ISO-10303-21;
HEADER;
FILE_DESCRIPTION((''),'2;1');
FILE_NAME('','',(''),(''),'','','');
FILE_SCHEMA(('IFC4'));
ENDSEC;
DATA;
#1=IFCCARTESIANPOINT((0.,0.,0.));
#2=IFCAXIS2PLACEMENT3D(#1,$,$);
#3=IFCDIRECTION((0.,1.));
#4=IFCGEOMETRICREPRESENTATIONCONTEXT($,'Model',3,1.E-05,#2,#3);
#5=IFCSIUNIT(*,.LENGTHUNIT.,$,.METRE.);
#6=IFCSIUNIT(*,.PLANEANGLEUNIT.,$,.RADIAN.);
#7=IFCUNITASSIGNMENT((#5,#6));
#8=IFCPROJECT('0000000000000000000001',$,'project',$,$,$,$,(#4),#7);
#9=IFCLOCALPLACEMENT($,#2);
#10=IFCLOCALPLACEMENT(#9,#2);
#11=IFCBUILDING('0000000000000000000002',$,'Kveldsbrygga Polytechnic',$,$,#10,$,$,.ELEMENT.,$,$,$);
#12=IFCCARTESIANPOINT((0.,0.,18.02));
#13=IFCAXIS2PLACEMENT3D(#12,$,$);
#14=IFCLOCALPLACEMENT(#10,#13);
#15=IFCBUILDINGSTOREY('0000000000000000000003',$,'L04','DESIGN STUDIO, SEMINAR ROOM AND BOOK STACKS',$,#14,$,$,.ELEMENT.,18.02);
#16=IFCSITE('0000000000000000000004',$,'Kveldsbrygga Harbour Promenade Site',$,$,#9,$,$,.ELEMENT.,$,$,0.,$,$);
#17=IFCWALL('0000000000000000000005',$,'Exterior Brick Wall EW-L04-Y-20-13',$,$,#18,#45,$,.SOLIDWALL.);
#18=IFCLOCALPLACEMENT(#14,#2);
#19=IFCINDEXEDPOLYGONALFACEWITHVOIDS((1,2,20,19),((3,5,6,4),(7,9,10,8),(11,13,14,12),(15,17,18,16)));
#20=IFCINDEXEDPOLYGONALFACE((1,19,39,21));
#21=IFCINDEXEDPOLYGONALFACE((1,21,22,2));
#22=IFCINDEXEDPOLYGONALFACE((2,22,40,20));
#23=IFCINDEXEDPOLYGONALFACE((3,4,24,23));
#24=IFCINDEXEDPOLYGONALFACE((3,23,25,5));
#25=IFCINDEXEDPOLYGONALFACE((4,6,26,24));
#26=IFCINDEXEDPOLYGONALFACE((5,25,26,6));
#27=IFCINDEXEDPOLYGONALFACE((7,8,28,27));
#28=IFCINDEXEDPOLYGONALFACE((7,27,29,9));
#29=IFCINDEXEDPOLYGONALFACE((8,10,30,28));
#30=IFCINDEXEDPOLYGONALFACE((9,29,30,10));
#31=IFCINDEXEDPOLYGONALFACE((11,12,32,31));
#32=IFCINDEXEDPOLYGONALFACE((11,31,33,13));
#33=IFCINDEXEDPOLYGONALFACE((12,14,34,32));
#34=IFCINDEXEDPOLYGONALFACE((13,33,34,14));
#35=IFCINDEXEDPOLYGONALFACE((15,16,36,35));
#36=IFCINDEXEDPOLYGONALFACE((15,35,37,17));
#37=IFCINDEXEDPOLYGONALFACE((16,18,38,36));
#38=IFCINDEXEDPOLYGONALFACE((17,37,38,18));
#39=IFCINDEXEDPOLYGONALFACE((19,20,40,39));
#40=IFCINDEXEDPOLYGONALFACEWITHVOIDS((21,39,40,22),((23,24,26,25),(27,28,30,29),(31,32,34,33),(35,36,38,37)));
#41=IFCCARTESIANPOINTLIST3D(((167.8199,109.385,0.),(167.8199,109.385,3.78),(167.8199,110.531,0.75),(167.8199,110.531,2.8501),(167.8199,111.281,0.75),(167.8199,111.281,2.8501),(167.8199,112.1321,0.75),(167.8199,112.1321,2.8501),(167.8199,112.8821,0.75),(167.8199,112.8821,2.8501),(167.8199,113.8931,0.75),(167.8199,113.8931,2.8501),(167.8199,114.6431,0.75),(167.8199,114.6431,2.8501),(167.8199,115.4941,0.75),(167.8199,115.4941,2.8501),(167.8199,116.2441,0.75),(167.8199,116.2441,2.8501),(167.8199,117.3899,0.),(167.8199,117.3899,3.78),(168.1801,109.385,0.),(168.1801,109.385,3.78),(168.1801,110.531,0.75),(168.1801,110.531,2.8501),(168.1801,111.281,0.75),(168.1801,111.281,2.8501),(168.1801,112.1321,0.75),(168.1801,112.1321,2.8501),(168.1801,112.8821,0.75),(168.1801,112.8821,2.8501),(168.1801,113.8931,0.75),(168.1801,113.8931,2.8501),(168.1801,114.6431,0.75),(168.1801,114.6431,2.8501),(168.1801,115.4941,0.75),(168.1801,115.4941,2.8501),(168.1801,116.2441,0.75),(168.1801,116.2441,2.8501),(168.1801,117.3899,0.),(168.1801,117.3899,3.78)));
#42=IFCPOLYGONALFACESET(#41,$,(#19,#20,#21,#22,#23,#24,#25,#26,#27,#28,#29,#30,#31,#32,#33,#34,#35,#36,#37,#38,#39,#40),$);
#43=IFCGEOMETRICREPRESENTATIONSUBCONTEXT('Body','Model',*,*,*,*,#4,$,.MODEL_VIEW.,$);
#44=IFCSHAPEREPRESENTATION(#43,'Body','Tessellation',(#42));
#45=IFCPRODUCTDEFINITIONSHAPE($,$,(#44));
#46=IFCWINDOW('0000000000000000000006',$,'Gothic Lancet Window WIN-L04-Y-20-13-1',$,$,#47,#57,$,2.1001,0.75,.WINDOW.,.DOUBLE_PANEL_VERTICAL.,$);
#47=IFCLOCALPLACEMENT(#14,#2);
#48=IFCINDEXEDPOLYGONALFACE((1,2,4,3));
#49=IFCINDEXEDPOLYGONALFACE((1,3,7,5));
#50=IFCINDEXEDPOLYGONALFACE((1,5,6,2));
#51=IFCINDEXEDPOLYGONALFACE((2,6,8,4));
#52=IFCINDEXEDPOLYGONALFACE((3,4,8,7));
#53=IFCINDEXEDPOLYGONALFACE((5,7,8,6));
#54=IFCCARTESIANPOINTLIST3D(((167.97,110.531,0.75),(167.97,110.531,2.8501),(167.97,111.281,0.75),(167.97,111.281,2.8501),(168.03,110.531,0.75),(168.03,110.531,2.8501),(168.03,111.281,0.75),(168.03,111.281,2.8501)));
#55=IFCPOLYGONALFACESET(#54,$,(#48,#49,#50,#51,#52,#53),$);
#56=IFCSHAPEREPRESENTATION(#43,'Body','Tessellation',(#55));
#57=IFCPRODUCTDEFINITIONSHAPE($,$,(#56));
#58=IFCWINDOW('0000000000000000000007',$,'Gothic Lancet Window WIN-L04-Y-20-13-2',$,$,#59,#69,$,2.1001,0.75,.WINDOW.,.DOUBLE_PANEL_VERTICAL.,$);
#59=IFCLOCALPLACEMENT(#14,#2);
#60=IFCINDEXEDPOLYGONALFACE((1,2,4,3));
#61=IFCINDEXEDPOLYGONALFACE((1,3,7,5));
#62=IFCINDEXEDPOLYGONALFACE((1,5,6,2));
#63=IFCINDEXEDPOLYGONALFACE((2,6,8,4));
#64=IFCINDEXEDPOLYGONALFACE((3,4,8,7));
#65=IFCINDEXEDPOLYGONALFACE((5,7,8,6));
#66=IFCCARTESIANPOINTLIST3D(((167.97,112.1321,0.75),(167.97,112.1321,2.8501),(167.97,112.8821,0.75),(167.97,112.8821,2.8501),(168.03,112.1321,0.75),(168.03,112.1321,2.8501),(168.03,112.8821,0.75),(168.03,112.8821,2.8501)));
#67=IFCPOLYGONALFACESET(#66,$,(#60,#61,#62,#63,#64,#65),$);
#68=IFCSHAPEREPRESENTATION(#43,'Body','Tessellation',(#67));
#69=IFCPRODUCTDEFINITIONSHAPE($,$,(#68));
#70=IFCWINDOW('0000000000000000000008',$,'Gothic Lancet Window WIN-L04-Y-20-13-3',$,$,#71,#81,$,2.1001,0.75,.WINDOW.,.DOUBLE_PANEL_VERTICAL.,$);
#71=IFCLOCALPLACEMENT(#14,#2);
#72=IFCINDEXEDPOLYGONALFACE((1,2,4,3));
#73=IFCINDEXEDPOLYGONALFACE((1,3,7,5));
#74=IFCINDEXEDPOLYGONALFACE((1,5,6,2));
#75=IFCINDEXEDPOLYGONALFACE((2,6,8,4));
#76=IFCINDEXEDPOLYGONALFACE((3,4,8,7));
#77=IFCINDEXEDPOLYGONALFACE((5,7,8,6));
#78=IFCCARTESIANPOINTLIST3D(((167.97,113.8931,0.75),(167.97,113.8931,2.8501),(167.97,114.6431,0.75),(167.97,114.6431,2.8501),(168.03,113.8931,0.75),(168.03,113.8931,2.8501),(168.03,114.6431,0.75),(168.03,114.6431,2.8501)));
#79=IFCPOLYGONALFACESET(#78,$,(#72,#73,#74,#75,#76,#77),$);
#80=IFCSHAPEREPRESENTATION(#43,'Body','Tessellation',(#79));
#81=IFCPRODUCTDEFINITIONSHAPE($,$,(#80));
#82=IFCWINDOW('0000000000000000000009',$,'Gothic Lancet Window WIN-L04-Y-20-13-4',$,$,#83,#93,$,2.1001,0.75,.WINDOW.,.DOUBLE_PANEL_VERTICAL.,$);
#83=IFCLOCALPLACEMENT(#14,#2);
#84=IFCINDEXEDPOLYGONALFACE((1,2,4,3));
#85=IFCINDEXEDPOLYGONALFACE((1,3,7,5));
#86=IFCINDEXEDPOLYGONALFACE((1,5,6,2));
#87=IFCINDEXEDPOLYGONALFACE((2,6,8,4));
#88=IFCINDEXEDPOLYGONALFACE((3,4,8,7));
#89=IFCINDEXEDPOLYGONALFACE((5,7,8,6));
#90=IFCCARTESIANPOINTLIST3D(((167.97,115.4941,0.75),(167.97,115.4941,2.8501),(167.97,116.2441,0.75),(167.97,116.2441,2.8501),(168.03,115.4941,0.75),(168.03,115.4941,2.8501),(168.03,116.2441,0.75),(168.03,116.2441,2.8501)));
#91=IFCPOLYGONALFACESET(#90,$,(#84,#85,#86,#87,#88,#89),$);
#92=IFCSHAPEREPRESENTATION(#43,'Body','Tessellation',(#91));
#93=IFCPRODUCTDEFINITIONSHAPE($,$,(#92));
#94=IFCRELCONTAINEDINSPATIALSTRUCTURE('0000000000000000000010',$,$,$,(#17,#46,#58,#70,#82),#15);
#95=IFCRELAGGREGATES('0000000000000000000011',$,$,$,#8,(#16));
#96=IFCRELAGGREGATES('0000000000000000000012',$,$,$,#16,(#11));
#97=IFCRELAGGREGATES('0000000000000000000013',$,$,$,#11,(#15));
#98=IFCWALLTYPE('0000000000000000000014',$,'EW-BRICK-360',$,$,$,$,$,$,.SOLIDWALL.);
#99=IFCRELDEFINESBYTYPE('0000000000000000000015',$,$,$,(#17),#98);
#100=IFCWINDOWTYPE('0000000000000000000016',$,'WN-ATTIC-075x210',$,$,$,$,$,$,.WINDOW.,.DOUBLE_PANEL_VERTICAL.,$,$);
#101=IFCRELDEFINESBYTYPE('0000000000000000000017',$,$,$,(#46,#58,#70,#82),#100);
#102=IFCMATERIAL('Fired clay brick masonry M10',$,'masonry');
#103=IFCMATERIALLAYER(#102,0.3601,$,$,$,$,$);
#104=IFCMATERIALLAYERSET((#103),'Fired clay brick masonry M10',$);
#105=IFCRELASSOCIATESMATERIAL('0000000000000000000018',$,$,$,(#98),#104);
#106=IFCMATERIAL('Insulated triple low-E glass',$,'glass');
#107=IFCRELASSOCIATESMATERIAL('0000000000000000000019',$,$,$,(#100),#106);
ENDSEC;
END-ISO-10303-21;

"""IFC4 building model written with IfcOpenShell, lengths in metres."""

from ifc_helpers import new_model, si_unit, direction, frame, frame_2d, origin, place, context, subcontext, project, spatial, rectangle, extrude, material, layer, layer_set, type_object, element, fill, save


model = new_model("IFC4")

# Units and contexts
model_context = context("Model", 3, precision=1e-05, world=origin(), true_north=direction((0.0, 1.0)))
body_context = subcontext(model_context, "Body", "Model", "MODEL_VIEW")
ifc_project = project(units=[si_unit("LENGTHUNIT", "METRE"), si_unit("PLANEANGLEUNIT", "RADIAN")], contexts=[model_context])

# Site, building, storey
site_placement = place(None, origin())
site = spatial("IfcSite", under=ifc_project, at=site_placement, Name="Kveldsbrygga Harbour Promenade Site", CompositionType="ELEMENT", RefElevation=0.0)
building_placement = place(site_placement, origin())
building = spatial("IfcBuilding", under=site, at=building_placement, Name="Kveldsbrygga Polytechnic", CompositionType="ELEMENT")
storey_placement = place(building_placement, frame((0.0, 0.0, 18.02)))
storey = spatial("IfcBuildingStorey", under=building, at=storey_placement, Name="L04", Description="DESIGN STUDIO, SEMINAR ROOM AND BOOK STACKS", CompositionType="ELEMENT", Elevation=18.02)

# Wall, openings, windows
ifc_material_1 = material(Name="Fired clay brick masonry M10", Category="masonry")
ifc_layer_1 = layer(ifc_material_1, 0.3601)
ifc_layer_set_1 = layer_set([ifc_layer_1], Name="Fired clay brick masonry M10")
wall_type = type_object("IfcWallType", Name="EW-BRICK-360", PredefinedType="SOLIDWALL", material=ifc_layer_set_1)
ifc_material_2 = material(Name="Insulated triple low-E glass", Category="glass")
window_type = type_object("IfcWindowType", Name="WN-ATTIC-075x210", PartitioningType="DOUBLE_PANEL_VERTICAL", PredefinedType="WINDOW", material=ifc_material_2)
wall_1_placement = place(storey_placement, frame((168.0, 109.385, 0.0), z_axis=(0.0, 0.0, 1.0), x_axis=(0.0, 1.0, 0.0)))
wall_1 = element("IfcWall", 1, at=wall_1_placement, inside=storey, type_object=wall_type, Name="Exterior Brick Wall EW-L04-Y-20-13", PredefinedType="SOLIDWALL", context=body_context, shape_type="SweptSolid", body=[
    extrude(rectangle(XDim=8.0049, YDim=0.3601, at=frame_2d((4.0024, 0.0))), origin(), (0.0, 0.0, 1.0), 3.78),
])
opening_1_placement = place(wall_1_placement, frame((1.146, 0.0, 0.75)))
opening_1 = element("IfcOpeningElement", 2, at=opening_1_placement, cuts=wall_1, PredefinedType="OPENING", context=body_context, shape_type="SweptSolid", body=[
    extrude(rectangle(XDim=0.75, YDim=2.1001, at=frame_2d((0.375, 1.05))), frame((0.0, 0.1899, 0.0), z_axis=(0.0, -1.0, 0.0), x_axis=(1.0, 0.0, 0.0)), (0.0, 0.0, 1.0), 0.3801),
])
opening_2_placement = place(wall_1_placement, frame((2.7471, 0.0, 0.75)))
opening_2 = element("IfcOpeningElement", 3, at=opening_2_placement, cuts=wall_1, PredefinedType="OPENING", context=body_context, shape_type="SweptSolid", body=[
    extrude(rectangle(XDim=0.75, YDim=2.1001, at=frame_2d((0.375, 1.05))), frame((0.0, 0.1899, 0.0), z_axis=(0.0, -1.0, 0.0), x_axis=(1.0, 0.0, 0.0)), (0.0, 0.0, 1.0), 0.3801),
])
opening_3_placement = place(wall_1_placement, frame((4.5081, 0.0, 0.75)))
opening_3 = element("IfcOpeningElement", 4, at=opening_3_placement, cuts=wall_1, PredefinedType="OPENING", context=body_context, shape_type="SweptSolid", body=[
    extrude(rectangle(XDim=0.75, YDim=2.1001, at=frame_2d((0.375, 1.05))), frame((0.0, 0.1899, 0.0), z_axis=(0.0, -1.0, 0.0), x_axis=(1.0, 0.0, 0.0)), (0.0, 0.0, 1.0), 0.3801),
])
opening_4_placement = place(wall_1_placement, frame((6.1091, 0.0, 0.75)))
opening_4 = element("IfcOpeningElement", 5, at=opening_4_placement, cuts=wall_1, PredefinedType="OPENING", context=body_context, shape_type="SweptSolid", body=[
    extrude(rectangle(XDim=0.75, YDim=2.1001, at=frame_2d((0.375, 1.05))), frame((0.0, 0.1899, 0.0), z_axis=(0.0, -1.0, 0.0), x_axis=(1.0, 0.0, 0.0)), (0.0, 0.0, 1.0), 0.3801),
])
window_1_placement = place(opening_1_placement, origin())
window_1 = element("IfcWindow", 6, at=window_1_placement, inside=storey, type_object=window_type, Name="Gothic Lancet Window WIN-L04-Y-20-13-1", OverallHeight=2.1001, OverallWidth=0.75, PartitioningType="DOUBLE_PANEL_VERTICAL", PredefinedType="WINDOW", context=body_context, shape_type="SweptSolid", body=[
    extrude(rectangle(XDim=0.75, YDim=2.1001, at=frame_2d((0.375, 1.05))), frame((0.0, 0.03, 0.0), z_axis=(0.0, -1.0, 0.0), x_axis=(1.0, 0.0, 0.0)), (0.0, 0.0, 1.0), 0.0601),
])
fill(opening_1, window_1)
window_2_placement = place(opening_2_placement, origin())
window_2 = element("IfcWindow", 7, at=window_2_placement, inside=storey, type_object=window_type, Name="Gothic Lancet Window WIN-L04-Y-20-13-2", OverallHeight=2.1001, OverallWidth=0.75, PartitioningType="DOUBLE_PANEL_VERTICAL", PredefinedType="WINDOW", context=body_context, shape_type="SweptSolid", body=[
    extrude(rectangle(XDim=0.75, YDim=2.1001, at=frame_2d((0.375, 1.05))), frame((0.0, 0.03, 0.0), z_axis=(0.0, -1.0, 0.0), x_axis=(1.0, 0.0, 0.0)), (0.0, 0.0, 1.0), 0.0601),
])
fill(opening_2, window_2)
window_3_placement = place(opening_3_placement, origin())
window_3 = element("IfcWindow", 8, at=window_3_placement, inside=storey, type_object=window_type, Name="Gothic Lancet Window WIN-L04-Y-20-13-3", OverallHeight=2.1001, OverallWidth=0.75, PartitioningType="DOUBLE_PANEL_VERTICAL", PredefinedType="WINDOW", context=body_context, shape_type="SweptSolid", body=[
    extrude(rectangle(XDim=0.75, YDim=2.1001, at=frame_2d((0.375, 1.05))), frame((0.0, 0.03, 0.0), z_axis=(0.0, -1.0, 0.0), x_axis=(1.0, 0.0, 0.0)), (0.0, 0.0, 1.0), 0.0601),
])
fill(opening_3, window_3)
window_4_placement = place(opening_4_placement, origin())
window_4 = element("IfcWindow", 9, at=window_4_placement, inside=storey, type_object=window_type, Name="Gothic Lancet Window WIN-L04-Y-20-13-4", OverallHeight=2.1001, OverallWidth=0.75, PartitioningType="DOUBLE_PANEL_VERTICAL", PredefinedType="WINDOW", context=body_context, shape_type="SweptSolid", body=[
    extrude(rectangle(XDim=0.75, YDim=2.1001, at=frame_2d((0.375, 1.05))), frame((0.0, 0.03, 0.0), z_axis=(0.0, -1.0, 0.0), x_axis=(1.0, 0.0, 0.0)), (0.0, 0.0, 1.0), 0.0601),
])
fill(opening_4, window_4)

save(model, "model.ifc")
